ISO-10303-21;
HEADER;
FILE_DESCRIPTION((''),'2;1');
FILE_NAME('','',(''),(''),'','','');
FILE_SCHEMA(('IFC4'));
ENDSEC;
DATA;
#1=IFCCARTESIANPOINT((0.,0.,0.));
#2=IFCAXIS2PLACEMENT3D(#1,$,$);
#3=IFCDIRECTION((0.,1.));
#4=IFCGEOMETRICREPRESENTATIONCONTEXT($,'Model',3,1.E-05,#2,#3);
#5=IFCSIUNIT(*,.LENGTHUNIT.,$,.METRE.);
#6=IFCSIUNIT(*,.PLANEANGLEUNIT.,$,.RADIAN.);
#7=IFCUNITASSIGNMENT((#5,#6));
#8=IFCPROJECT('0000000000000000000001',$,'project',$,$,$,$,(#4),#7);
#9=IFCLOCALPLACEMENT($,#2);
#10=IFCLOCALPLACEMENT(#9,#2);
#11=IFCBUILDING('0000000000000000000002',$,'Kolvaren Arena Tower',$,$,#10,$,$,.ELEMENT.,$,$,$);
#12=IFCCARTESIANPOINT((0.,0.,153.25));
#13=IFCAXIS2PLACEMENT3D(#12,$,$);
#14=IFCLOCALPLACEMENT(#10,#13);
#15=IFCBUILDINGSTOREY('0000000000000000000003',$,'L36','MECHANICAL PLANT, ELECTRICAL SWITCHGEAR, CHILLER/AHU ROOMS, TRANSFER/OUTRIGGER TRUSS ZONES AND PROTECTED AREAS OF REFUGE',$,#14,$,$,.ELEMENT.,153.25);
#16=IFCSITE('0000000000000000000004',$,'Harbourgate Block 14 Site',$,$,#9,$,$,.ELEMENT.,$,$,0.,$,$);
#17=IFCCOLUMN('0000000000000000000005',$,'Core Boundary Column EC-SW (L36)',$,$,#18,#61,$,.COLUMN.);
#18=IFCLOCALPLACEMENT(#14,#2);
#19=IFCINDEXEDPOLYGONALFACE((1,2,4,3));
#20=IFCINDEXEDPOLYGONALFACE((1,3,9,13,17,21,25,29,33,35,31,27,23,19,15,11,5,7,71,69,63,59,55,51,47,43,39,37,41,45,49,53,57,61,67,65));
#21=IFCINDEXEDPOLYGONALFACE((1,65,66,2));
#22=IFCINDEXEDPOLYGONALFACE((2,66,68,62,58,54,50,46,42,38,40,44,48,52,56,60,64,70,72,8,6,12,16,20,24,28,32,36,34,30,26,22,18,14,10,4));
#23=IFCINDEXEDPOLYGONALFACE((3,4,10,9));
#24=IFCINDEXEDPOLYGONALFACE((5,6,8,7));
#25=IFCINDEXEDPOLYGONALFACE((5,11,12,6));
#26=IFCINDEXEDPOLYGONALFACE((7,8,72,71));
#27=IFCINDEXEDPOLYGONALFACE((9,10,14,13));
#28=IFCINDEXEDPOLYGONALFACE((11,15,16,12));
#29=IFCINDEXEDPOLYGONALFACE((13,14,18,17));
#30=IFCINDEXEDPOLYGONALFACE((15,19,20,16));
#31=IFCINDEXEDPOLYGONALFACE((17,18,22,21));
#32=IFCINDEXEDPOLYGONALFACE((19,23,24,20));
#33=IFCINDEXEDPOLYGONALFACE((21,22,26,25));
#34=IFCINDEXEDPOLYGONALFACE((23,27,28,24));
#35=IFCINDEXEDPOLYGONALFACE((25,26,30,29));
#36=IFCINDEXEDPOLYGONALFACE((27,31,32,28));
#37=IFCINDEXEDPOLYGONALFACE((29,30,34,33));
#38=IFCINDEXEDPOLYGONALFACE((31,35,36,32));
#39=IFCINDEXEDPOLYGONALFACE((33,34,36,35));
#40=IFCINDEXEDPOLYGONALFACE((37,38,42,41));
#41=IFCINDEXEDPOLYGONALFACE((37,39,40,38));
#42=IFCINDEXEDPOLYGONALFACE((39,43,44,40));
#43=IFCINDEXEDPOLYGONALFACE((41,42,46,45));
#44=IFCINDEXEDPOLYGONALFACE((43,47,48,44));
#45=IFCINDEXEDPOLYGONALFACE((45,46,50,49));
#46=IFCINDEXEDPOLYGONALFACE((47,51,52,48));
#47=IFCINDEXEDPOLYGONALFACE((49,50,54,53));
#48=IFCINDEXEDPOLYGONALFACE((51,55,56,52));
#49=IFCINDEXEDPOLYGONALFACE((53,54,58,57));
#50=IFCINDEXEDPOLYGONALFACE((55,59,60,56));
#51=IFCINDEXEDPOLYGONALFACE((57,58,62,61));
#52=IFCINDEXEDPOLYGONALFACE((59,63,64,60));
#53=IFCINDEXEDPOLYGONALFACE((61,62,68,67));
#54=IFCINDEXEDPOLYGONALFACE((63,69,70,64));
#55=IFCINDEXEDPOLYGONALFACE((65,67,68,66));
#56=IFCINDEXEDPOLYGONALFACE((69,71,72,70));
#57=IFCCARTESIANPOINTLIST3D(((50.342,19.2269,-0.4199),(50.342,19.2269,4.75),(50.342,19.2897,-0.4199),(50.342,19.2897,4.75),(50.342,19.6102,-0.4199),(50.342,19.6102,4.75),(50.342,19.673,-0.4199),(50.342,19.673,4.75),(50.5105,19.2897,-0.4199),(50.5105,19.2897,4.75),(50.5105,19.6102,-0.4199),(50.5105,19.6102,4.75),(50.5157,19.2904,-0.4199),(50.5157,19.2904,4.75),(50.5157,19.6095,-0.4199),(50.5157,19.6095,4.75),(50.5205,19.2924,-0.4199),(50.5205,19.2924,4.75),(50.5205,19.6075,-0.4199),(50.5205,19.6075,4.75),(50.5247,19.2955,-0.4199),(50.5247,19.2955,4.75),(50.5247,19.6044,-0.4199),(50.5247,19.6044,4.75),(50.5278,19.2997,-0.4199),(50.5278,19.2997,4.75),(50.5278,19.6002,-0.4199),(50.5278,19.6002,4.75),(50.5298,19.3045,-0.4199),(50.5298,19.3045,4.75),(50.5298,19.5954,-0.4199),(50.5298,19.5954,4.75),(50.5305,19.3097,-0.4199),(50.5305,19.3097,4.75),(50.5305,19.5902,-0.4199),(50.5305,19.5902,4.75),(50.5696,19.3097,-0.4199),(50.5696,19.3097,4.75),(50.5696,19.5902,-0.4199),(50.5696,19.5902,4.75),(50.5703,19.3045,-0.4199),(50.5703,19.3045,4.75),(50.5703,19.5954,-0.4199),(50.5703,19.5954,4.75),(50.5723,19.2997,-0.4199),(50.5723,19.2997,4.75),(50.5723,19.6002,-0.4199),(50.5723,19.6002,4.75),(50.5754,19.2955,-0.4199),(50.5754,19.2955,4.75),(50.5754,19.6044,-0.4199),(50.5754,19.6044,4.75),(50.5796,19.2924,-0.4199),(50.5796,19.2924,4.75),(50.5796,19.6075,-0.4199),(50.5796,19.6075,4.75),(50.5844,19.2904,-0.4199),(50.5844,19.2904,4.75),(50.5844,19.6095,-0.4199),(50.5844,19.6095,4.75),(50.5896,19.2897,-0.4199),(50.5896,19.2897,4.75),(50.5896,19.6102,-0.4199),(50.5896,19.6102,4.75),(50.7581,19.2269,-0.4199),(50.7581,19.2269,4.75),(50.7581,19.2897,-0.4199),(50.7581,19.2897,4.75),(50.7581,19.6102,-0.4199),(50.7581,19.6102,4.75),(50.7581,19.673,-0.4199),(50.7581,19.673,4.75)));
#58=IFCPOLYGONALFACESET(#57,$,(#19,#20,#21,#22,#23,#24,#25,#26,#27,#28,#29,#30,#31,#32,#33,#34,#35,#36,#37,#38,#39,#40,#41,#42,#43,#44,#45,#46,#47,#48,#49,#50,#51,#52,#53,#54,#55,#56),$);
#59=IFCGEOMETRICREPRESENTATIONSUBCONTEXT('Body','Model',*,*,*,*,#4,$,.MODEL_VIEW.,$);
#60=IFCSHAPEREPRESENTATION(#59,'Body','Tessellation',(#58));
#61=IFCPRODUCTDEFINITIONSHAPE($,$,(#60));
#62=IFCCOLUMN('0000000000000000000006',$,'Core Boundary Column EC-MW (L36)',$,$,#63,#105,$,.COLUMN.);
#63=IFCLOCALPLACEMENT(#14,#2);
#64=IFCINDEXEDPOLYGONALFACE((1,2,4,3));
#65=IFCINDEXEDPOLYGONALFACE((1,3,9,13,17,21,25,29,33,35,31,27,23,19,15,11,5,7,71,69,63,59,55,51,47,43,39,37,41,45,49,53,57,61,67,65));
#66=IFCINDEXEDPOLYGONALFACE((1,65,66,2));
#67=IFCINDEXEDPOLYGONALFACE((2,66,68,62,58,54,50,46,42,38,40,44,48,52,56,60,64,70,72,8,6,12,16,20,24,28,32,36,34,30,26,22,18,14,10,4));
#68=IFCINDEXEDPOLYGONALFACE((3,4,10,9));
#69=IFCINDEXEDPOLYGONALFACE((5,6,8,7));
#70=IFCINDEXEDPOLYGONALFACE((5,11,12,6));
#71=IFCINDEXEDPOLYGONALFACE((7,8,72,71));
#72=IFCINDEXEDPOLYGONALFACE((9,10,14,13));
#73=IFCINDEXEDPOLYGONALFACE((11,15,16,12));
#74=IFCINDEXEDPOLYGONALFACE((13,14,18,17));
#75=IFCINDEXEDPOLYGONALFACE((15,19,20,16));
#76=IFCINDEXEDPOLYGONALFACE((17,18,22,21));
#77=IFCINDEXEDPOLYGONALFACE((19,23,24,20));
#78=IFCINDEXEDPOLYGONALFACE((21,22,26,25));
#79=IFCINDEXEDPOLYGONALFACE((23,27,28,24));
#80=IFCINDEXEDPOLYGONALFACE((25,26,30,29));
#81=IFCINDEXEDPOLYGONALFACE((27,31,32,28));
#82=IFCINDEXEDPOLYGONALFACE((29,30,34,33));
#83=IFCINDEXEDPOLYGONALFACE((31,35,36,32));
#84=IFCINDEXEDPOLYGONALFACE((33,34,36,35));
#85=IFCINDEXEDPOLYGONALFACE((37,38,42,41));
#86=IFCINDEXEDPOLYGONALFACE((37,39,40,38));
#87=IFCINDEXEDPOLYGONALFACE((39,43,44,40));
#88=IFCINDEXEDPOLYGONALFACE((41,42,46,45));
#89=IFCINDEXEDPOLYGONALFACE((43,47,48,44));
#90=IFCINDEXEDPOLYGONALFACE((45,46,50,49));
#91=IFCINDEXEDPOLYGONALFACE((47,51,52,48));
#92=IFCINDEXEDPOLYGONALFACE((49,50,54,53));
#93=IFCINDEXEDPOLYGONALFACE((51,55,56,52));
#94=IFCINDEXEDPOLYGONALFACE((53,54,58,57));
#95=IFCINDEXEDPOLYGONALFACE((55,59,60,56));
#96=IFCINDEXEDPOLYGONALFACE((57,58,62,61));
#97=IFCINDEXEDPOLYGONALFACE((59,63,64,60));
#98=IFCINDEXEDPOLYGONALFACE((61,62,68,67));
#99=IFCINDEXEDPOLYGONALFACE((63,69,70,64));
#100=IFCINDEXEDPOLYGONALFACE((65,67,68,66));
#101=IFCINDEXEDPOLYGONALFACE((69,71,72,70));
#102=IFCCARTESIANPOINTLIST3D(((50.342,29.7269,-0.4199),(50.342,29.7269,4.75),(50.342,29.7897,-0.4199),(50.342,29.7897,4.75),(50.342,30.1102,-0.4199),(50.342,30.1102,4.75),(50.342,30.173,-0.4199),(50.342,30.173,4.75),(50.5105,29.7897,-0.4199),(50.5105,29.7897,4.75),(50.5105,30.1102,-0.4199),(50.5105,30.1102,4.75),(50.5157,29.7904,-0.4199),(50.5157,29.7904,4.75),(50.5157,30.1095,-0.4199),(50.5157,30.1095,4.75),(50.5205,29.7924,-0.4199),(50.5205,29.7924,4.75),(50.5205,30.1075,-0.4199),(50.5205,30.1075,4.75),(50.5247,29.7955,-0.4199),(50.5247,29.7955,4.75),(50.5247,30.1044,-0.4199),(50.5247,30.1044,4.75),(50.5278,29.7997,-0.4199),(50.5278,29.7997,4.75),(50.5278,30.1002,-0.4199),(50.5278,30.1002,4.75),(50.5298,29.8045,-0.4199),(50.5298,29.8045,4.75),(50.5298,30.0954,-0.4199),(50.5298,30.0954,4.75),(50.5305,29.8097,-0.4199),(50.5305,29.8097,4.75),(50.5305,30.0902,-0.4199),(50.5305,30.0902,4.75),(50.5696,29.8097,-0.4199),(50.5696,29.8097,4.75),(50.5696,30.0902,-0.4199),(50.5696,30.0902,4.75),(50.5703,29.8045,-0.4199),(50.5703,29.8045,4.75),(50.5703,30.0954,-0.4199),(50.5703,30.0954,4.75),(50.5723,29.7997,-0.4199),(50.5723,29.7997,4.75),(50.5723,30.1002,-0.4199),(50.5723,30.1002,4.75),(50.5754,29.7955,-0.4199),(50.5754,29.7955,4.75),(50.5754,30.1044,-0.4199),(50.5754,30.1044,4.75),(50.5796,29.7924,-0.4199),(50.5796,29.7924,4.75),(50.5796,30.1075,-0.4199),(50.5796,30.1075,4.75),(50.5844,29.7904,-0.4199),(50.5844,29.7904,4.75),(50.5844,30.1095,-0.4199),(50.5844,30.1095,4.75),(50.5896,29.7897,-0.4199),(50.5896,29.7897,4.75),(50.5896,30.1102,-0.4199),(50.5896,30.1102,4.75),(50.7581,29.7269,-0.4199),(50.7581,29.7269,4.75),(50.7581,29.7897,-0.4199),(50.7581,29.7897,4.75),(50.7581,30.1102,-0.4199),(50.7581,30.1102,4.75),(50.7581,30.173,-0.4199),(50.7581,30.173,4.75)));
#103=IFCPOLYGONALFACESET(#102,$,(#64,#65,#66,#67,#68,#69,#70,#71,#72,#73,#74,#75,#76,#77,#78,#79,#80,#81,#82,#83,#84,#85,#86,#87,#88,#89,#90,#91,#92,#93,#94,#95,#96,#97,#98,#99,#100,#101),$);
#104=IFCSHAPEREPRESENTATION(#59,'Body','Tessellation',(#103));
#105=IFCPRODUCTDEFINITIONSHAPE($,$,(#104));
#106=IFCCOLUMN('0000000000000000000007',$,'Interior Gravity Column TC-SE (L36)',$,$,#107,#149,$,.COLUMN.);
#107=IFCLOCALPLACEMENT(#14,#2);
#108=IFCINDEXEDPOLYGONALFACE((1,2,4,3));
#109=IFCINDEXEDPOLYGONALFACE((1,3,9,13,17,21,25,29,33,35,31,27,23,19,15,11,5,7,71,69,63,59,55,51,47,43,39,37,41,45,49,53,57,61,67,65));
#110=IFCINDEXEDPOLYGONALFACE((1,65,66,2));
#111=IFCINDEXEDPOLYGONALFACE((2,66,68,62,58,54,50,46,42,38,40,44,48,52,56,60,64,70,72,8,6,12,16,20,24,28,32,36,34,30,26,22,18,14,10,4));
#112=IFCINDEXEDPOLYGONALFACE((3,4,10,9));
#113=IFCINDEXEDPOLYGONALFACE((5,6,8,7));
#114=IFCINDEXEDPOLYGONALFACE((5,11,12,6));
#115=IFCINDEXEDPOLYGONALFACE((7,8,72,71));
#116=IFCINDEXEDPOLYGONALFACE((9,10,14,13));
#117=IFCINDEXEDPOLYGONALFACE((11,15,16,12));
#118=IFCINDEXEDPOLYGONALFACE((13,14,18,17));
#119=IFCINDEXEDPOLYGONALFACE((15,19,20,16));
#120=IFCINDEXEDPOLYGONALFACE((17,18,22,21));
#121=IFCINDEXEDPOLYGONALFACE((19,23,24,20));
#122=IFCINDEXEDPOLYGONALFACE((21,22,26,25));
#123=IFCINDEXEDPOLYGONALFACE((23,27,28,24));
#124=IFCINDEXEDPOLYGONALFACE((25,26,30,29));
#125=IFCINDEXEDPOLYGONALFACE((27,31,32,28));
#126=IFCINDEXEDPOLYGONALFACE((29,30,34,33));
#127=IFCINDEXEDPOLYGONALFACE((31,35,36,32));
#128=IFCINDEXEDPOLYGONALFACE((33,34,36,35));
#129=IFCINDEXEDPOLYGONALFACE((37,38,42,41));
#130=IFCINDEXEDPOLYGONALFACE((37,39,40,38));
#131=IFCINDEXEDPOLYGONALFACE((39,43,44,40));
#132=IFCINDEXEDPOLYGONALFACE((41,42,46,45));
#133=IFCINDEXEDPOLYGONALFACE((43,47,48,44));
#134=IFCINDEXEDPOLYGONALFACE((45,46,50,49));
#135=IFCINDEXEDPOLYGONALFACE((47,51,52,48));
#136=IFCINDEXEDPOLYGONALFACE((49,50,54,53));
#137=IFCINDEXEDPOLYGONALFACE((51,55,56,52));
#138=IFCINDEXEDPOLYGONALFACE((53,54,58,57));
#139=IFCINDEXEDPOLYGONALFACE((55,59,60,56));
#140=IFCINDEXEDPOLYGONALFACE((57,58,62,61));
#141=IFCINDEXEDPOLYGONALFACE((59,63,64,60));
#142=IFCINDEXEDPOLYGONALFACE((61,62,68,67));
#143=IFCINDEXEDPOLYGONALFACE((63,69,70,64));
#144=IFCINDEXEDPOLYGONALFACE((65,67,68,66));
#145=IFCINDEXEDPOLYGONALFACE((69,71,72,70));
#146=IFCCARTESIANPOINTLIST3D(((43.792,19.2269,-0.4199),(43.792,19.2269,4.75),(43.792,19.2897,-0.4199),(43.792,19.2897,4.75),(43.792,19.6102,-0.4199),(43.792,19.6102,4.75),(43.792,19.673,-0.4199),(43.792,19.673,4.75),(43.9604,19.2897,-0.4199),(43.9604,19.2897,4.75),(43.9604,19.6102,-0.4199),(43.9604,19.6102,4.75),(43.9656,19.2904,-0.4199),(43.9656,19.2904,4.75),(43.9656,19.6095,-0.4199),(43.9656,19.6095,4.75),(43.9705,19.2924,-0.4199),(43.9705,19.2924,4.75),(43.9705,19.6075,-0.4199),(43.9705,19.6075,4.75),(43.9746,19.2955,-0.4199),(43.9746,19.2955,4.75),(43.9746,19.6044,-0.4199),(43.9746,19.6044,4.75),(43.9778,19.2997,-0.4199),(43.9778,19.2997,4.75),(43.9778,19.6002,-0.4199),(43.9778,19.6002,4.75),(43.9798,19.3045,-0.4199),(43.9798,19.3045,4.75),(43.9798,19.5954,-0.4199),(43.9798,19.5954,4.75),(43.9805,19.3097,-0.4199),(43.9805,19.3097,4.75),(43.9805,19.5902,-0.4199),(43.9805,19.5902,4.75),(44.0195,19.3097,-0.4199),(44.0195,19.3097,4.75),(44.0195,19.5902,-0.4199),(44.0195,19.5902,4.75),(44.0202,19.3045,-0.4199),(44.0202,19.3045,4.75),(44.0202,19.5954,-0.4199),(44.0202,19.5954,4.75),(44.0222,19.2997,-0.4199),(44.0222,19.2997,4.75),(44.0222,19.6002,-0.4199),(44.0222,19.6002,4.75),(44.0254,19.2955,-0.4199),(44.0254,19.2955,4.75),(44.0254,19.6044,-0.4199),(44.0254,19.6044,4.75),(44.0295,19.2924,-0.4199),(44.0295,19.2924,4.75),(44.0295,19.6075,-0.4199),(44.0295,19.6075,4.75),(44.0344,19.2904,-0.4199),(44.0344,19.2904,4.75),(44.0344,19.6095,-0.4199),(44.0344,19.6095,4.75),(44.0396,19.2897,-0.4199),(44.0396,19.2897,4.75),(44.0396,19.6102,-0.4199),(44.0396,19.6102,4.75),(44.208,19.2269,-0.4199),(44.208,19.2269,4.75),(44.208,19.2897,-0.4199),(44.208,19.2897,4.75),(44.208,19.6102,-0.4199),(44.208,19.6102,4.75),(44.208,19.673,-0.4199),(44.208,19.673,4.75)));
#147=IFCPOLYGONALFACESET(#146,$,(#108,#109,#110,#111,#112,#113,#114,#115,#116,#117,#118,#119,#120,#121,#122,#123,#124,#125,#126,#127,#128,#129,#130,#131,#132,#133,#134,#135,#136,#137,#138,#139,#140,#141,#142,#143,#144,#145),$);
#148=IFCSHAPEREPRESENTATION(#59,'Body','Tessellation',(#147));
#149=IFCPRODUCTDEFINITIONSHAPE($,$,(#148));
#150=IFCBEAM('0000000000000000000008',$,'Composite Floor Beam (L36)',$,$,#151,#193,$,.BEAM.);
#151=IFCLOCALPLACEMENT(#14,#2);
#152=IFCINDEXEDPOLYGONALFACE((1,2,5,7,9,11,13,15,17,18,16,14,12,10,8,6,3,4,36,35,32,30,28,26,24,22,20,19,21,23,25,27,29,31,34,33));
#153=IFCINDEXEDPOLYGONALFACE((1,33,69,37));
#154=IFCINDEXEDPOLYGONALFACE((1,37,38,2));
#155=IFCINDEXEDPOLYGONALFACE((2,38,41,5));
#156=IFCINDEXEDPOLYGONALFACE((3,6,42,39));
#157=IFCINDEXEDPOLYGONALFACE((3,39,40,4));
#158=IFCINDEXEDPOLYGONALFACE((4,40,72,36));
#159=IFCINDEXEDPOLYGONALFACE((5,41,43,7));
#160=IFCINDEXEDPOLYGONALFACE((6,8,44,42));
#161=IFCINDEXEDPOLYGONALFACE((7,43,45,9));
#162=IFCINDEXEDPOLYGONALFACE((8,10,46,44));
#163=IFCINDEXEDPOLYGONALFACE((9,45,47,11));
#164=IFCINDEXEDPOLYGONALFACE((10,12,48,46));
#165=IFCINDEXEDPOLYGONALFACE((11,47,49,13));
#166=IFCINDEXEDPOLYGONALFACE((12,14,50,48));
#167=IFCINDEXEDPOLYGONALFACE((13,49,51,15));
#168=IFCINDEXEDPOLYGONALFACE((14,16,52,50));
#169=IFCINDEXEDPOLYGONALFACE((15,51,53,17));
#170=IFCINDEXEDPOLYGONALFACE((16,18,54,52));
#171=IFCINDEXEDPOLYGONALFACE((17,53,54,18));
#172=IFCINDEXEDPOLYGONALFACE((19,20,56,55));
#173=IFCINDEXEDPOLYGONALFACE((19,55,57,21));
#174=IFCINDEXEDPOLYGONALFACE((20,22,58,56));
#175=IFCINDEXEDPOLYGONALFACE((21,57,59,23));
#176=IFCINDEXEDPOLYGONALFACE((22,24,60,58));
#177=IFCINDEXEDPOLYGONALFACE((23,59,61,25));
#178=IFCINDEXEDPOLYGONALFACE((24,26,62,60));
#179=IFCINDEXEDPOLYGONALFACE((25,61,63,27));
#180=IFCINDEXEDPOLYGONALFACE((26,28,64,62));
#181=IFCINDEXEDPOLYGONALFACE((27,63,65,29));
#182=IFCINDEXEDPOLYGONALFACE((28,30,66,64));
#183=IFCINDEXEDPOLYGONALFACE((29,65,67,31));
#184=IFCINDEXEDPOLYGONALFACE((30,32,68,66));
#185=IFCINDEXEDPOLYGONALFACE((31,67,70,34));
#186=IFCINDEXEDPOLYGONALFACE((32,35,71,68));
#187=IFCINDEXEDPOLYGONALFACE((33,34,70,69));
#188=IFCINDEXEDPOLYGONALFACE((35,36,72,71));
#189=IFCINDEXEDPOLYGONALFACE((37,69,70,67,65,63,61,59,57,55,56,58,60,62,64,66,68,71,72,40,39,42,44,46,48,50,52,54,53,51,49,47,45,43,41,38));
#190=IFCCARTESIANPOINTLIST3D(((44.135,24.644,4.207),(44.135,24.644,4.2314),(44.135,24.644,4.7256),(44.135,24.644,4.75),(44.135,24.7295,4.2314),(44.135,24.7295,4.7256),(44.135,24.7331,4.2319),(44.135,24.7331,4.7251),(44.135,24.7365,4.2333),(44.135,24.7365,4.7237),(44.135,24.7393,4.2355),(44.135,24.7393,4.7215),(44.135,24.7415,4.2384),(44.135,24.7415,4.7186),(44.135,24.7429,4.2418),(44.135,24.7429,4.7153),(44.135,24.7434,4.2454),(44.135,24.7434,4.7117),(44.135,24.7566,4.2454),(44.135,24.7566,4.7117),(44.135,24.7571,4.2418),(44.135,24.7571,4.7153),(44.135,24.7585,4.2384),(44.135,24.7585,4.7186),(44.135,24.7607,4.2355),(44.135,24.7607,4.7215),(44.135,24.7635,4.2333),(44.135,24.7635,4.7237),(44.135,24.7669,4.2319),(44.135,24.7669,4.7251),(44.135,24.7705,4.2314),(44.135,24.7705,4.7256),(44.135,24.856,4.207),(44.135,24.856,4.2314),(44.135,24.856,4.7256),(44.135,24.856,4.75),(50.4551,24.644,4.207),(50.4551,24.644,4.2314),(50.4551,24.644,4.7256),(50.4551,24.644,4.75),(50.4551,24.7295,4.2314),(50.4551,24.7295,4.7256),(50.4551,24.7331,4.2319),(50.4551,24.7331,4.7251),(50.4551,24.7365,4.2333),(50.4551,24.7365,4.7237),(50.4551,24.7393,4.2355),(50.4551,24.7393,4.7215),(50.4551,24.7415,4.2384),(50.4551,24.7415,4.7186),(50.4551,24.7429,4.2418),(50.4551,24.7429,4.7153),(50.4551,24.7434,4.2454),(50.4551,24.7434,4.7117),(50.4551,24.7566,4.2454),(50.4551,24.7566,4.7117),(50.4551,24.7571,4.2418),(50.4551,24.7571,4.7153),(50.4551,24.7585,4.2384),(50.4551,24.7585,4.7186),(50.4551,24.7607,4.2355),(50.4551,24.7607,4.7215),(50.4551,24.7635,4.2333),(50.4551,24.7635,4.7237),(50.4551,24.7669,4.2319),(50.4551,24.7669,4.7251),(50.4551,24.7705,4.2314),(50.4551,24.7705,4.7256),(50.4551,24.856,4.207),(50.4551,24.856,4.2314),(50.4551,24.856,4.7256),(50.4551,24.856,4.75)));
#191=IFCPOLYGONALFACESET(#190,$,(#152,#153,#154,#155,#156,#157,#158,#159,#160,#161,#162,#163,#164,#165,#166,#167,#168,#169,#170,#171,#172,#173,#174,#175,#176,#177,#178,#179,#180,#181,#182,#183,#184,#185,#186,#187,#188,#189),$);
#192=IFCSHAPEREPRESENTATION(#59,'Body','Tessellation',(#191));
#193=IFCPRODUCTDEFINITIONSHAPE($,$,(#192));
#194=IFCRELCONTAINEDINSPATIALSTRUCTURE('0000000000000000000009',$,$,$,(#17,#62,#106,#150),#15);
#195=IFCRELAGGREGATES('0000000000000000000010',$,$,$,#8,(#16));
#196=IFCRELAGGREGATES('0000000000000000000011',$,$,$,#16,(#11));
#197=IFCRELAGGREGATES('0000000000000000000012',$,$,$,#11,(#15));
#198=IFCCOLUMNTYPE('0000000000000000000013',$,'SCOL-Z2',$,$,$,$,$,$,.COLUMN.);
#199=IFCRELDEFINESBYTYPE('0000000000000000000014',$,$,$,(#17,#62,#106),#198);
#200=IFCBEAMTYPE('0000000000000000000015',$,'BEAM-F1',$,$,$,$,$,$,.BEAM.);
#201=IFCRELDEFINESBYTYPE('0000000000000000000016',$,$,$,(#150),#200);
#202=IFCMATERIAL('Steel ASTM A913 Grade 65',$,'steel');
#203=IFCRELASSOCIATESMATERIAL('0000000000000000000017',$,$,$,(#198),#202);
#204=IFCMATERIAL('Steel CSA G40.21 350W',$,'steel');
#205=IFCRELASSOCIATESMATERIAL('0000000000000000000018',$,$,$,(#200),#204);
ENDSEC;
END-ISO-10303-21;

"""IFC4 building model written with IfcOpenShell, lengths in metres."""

from ifc_helpers import new_model, si_unit, direction, frame, origin, origin_2d, place, context, subcontext, project, spatial, i_section, extrude, material, material_profile, profile_set, type_object, element, save


model = new_model("IFC4")

# Units and contexts
model_context = context("Model", 3, precision=1e-05, world=origin(), true_north=direction((0.0, 1.0)))
body_context = subcontext(model_context, "Body", "Model", "MODEL_VIEW")
ifc_project = project(units=[si_unit("LENGTHUNIT", "METRE"), si_unit("PLANEANGLEUNIT", "RADIAN")], contexts=[model_context])

# Site, building, storey
site_placement = place(None, origin())
site = spatial("IfcSite", under=ifc_project, at=site_placement, Name="Harbourgate Block 14 Site", CompositionType="ELEMENT", RefElevation=0.0)
building_placement = place(site_placement, origin())
building = spatial("IfcBuilding", under=site, at=building_placement, Name="Kolvaren Arena Tower", CompositionType="ELEMENT")
storey_placement = place(building_placement, frame((0.0, 0.0, 153.25)))
storey = spatial("IfcBuildingStorey", under=building, at=storey_placement, Name="L36", Description="MECHANICAL PLANT, ELECTRICAL SWITCHGEAR, CHILLER/AHU ROOMS, TRANSFER/OUTRIGGER TRUSS ZONES AND PROTECTED AREAS OF REFUGE", CompositionType="ELEMENT", Elevation=153.25)

# Columns
ifc_material_1 = material(Name="Steel ASTM A913 Grade 65", Category="steel")
ifc_material_profile_1 = material_profile(ifc_material_1, i_section(OverallWidth=0.416, OverallDepth=0.446, WebThickness=0.0391, FlangeThickness=0.0627, FilletRadius=0.02, at=origin_2d()), Name="W360x509")
ifc_profile_set_1 = profile_set([ifc_material_profile_1], Name="Steel ASTM A913 Grade 65")
column_type = type_object("IfcColumnType", Name="SCOL-Z2", PredefinedType="COLUMN", material=ifc_profile_set_1)
for number, where, z_axis, x_axis, name in (
    (1, (50.55, 19.45, -0.4199), (0.0, 0.0, 1.0), (1.0, 0.0, 0.0), "Core Boundary Column EC-SW (L36)"),
    (2, (50.55, 29.95, -0.4199), (0.0, 0.0, 1.0), (1.0, 0.0, 0.0), "Core Boundary Column EC-MW (L36)"),
    (3, (44.0, 19.45, -0.4199), (0.0, 0.0, 1.0), (1.0, 0.0, 0.0), "Interior Gravity Column TC-SE (L36)"),
):
    element("IfcColumn", number, at=place(storey_placement, frame(where, z_axis=z_axis, x_axis=x_axis)), inside=storey, type_object=column_type, Name=name, PredefinedType="COLUMN", context=body_context, shape_type="SweptSolid", body=[
        extrude(i_section(OverallWidth=0.416, OverallDepth=0.446, WebThickness=0.0391, FlangeThickness=0.0627, FilletRadius=0.02, at=origin_2d()), origin(), (0.0, 0.0, 1.0), 5.1699),
    ])

# Beam
ifc_material_2 = material(Name="Steel CSA G40.21 350W", Category="steel")
ifc_material_profile_2 = material_profile(ifc_material_2, i_section(OverallWidth=0.2119, OverallDepth=0.543, WebThickness=0.0132, FlangeThickness=0.0244, FilletRadius=0.0139, at=origin_2d()), Name="W530x150")
ifc_profile_set_2 = profile_set([ifc_material_profile_2], Name="Steel CSA G40.21 350W")
beam_type_1 = type_object("IfcBeamType", Name="BEAM-F1", PredefinedType="BEAM", material=ifc_profile_set_2)
beam_1_placement = place(storey_placement, frame((44.135, 24.75, 4.4785), z_axis=(1.0, 0.0, 0.0), x_axis=(0.0, 1.0, 0.0)))
element("IfcBeam", 4, at=beam_1_placement, inside=storey, type_object=beam_type_1, Name="Composite Floor Beam (L36)", PredefinedType="BEAM", context=body_context, shape_type="SweptSolid", body=[
    extrude(i_section(OverallWidth=0.2119, OverallDepth=0.543, WebThickness=0.0132, FlangeThickness=0.0244, FilletRadius=0.0139, at=origin_2d()), origin(), (0.0, 0.0, 1.0), 6.3201),
])

save(model, "model.ifc")
